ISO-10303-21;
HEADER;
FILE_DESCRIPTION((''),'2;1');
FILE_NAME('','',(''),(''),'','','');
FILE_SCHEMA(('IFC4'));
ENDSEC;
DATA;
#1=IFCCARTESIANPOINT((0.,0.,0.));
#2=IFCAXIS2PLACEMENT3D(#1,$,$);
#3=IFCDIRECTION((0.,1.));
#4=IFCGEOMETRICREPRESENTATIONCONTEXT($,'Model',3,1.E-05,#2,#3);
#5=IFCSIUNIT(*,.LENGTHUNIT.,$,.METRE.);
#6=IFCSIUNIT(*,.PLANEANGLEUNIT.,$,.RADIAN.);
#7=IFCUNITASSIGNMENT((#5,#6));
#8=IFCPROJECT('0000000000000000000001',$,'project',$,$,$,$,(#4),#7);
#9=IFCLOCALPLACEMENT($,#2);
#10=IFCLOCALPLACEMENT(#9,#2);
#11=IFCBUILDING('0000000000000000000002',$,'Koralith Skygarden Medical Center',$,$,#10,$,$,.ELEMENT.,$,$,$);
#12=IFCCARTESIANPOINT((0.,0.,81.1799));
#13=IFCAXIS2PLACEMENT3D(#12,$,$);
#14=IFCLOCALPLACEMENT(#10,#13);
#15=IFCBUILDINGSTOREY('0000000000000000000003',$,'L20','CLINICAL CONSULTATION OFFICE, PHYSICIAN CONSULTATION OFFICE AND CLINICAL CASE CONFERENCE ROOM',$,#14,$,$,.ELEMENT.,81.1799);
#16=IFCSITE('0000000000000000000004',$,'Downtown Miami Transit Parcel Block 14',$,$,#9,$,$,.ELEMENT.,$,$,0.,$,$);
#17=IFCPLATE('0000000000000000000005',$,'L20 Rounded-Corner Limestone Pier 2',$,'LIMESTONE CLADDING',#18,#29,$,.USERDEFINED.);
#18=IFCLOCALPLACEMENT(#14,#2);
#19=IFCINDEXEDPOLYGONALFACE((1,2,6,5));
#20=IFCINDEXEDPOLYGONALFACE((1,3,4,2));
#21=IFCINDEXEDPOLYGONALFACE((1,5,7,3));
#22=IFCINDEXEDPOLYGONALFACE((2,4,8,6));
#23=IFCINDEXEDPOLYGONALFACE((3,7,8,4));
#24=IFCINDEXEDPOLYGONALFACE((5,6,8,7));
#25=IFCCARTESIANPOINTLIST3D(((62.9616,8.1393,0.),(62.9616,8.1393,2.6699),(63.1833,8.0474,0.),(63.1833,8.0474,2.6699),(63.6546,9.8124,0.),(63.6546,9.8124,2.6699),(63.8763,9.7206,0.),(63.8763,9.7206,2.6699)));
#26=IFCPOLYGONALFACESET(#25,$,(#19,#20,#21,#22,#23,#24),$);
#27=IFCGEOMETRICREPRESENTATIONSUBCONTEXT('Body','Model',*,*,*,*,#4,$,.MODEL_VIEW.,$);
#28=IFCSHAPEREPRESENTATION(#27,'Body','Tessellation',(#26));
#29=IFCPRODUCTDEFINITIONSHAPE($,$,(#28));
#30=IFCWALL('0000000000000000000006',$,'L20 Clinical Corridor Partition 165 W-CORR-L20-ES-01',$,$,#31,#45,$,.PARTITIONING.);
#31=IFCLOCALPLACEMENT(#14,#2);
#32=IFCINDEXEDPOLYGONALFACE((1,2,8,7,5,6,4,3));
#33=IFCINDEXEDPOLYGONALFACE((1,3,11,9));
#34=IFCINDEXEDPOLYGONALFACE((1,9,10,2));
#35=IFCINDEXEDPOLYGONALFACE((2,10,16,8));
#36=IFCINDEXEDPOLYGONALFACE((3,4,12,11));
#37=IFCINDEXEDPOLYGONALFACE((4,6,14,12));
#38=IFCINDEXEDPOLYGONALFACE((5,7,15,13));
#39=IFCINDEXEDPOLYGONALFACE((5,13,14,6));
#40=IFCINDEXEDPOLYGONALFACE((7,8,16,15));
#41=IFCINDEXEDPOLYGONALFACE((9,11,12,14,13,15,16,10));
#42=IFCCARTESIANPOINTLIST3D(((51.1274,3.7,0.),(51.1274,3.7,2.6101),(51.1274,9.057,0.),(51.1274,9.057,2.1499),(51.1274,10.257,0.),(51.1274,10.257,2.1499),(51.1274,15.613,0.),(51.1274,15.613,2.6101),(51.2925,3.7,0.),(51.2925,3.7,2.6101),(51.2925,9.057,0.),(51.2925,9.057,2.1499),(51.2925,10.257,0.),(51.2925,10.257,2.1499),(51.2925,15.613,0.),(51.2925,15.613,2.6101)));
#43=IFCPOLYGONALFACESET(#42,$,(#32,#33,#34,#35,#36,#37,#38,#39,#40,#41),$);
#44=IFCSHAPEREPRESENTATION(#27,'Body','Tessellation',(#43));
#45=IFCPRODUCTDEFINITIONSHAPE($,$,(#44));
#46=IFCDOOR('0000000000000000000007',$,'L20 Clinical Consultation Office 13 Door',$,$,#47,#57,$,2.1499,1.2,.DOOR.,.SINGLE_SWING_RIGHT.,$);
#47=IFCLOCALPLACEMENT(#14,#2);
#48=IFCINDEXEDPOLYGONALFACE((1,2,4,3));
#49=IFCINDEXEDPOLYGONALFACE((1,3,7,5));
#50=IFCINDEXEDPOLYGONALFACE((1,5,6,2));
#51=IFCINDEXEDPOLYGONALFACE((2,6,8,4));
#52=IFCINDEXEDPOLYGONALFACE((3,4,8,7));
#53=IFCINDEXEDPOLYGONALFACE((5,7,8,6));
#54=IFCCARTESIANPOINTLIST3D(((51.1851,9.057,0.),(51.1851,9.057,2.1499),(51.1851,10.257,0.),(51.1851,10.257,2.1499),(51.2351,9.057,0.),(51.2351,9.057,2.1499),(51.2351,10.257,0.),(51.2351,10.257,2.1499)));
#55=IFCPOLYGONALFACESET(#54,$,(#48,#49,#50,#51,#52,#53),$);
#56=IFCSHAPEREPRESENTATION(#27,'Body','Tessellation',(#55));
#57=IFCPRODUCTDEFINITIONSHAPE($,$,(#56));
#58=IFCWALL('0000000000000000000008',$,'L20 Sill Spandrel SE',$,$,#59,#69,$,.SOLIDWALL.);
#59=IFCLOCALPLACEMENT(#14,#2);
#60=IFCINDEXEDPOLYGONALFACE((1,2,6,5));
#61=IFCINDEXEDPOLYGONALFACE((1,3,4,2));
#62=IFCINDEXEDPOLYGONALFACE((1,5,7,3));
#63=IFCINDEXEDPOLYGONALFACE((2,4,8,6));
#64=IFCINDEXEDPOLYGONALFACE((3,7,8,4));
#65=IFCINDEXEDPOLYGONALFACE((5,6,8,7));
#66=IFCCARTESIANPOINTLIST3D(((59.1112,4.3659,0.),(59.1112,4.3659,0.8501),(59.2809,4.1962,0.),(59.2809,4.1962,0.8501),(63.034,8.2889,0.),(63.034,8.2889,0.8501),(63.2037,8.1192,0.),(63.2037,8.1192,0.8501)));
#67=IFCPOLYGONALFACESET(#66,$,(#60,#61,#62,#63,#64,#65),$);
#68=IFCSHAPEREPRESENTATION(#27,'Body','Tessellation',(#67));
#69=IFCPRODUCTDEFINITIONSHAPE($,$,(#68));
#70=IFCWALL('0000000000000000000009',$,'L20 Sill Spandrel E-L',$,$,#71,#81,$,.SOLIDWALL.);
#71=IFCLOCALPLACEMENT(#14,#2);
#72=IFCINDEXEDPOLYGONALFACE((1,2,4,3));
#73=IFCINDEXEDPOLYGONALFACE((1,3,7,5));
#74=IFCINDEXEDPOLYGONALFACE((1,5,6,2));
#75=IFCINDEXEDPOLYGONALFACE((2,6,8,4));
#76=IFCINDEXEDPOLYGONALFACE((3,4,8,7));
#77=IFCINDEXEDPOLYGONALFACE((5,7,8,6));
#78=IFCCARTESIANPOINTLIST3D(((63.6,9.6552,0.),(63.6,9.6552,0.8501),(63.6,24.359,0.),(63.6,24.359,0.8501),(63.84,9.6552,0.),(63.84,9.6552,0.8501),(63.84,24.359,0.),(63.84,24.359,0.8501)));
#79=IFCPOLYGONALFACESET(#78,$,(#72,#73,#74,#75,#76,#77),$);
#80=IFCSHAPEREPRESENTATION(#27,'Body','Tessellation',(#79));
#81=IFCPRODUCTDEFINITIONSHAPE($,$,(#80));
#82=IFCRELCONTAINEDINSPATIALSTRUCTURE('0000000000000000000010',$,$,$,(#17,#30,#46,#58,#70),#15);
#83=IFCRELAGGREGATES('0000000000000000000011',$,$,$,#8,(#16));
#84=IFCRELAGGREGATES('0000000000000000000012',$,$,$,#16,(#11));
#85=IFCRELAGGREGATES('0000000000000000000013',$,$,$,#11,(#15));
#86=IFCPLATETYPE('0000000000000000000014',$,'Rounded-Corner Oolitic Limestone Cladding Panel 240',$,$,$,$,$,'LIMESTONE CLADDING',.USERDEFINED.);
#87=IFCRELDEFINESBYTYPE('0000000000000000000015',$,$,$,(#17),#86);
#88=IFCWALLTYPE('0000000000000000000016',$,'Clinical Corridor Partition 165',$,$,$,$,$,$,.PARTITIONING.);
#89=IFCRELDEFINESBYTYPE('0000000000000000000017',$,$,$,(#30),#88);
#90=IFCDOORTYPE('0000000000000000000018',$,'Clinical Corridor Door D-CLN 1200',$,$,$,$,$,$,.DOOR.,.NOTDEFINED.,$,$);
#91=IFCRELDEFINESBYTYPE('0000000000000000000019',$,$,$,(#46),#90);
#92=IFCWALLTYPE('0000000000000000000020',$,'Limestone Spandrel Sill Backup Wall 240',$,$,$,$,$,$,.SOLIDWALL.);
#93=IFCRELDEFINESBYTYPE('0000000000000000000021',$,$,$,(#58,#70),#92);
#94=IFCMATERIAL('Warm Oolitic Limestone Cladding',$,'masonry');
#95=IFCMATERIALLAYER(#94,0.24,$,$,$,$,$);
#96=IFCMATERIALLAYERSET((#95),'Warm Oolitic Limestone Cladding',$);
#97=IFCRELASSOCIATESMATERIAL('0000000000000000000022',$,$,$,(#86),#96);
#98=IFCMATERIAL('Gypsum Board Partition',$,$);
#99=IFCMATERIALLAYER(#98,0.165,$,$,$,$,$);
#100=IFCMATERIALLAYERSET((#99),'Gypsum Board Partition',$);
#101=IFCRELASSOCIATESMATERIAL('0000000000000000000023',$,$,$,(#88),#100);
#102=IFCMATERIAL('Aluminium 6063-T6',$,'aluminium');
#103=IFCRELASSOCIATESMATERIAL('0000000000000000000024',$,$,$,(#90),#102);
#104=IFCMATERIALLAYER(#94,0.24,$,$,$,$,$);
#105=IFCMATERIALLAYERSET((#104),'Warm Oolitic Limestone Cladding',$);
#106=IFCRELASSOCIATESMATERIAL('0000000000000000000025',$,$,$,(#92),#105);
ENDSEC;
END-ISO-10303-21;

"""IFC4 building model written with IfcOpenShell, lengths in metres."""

from ifc_helpers import new_model, si_unit, direction, frame, frame_2d, origin, origin_2d, place, context, subcontext, project, spatial, rectangle, extrude, material, layer, layer_set, type_object, element, fill, save


model = new_model("IFC4")

# Units and contexts
model_context = context("Model", 3, precision=1e-05, world=origin(), true_north=direction((0.0, 1.0)))
body_context = subcontext(model_context, "Body", "Model", "MODEL_VIEW")
ifc_project = project(units=[si_unit("LENGTHUNIT", "METRE"), si_unit("PLANEANGLEUNIT", "RADIAN")], contexts=[model_context])

# Site, building, storey
site_placement = place(None, origin())
site = spatial("IfcSite", under=ifc_project, at=site_placement, Name="Downtown Miami Transit Parcel Block 14", CompositionType="ELEMENT", RefElevation=0.0)
building_placement = place(site_placement, origin())
building = spatial("IfcBuilding", under=site, at=building_placement, Name="Koralith Skygarden Medical Center", CompositionType="ELEMENT")
storey_placement = place(building_placement, frame((0.0, 0.0, 81.1799)))
storey = spatial("IfcBuildingStorey", under=building, at=storey_placement, Name="L20", Description="CLINICAL CONSULTATION OFFICE, PHYSICIAN CONSULTATION OFFICE AND CLINICAL CASE CONFERENCE ROOM", CompositionType="ELEMENT", Elevation=81.1799)

# Shared definitions
ifc_material_1 = material(Name="Aluminium 6063-T6", Category="aluminium")

# Plate
ifc_material_2 = material(Name="Warm Oolitic Limestone Cladding", Category="masonry")
ifc_layer_1 = layer(ifc_material_2, 0.24)
ifc_layer_set_1 = layer_set([ifc_layer_1], Name="Warm Oolitic Limestone Cladding")
plate_type_1 = type_object("IfcPlateType", Name="Rounded-Corner Oolitic Limestone Cladding Panel 240", ElementType="LIMESTONE CLADDING", PredefinedType="USERDEFINED", material=ifc_layer_set_1)
for number, where, z_axis, x_axis, name in (
    (1, (63.4189, 8.9299, 0.0), (0.0, 0.0, 1.0), (0.382671, 0.923885, 0.0), "L20 Rounded-Corner Limestone Pier 2"),
):
    element("IfcPlate", number, at=place(storey_placement, frame(where, z_axis=z_axis, x_axis=x_axis)), inside=storey, type_object=plate_type_1, Name=name, ObjectType="LIMESTONE CLADDING", PredefinedType="USERDEFINED", context=body_context, shape_type="SweptSolid", body=[
        extrude(rectangle(XDim=1.811, YDim=0.24, at=origin_2d()), origin(), (0.0, 0.0, 1.0), 2.6699),
    ])

# Wall, opening, door
ifc_material_3 = material(Name="Gypsum Board Partition")
ifc_layer_2 = layer(ifc_material_3, 0.165)
ifc_layer_set_2 = layer_set([ifc_layer_2], Name="Gypsum Board Partition")
wall_type_1 = type_object("IfcWallType", Name="Clinical Corridor Partition 165", PredefinedType="PARTITIONING", material=ifc_layer_set_2)
wall_1_placement = place(storey_placement, frame((51.21, 3.7, 0.0), z_axis=(0.0, 0.0, 1.0), x_axis=(0.0, 1.0, 0.0)))
wall_1 = element("IfcWall", 2, at=wall_1_placement, inside=storey, type_object=wall_type_1, Name="L20 Clinical Corridor Partition 165 W-CORR-L20-ES-01", PredefinedType="PARTITIONING", context=body_context, shape_type="SweptSolid", body=[
    extrude(rectangle(XDim=11.9131, YDim=0.165, at=frame_2d((5.9565, 0.0))), origin(), (0.0, 0.0, 1.0), 2.6101),
])
opening_placement = place(wall_1_placement, frame((5.3569, 0.0, 0.0)))
opening = element("IfcOpeningElement", 3, at=opening_placement, cuts=wall_1, PredefinedType="OPENING", context=body_context, shape_type="SweptSolid", body=[
    extrude(rectangle(XDim=1.2, YDim=2.1499, at=frame_2d((0.6001, 1.075))), frame((0.0, 0.0925, 0.0), z_axis=(0.0, -1.0, 0.0), x_axis=(1.0, 0.0, 0.0)), (0.0, 0.0, 1.0), 0.1851),
])
door_type = type_object("IfcDoorType", Name="Clinical Corridor Door D-CLN 1200", OperationType="NOTDEFINED", PredefinedType="DOOR", material=ifc_material_1)
door_placement = place(opening_placement, origin())
door = element("IfcDoor", 4, at=door_placement, inside=storey, type_object=door_type, Name="L20 Clinical Consultation Office 13 Door", OperationType="SINGLE_SWING_RIGHT", OverallHeight=2.1499, OverallWidth=1.2, PredefinedType="DOOR", context=body_context, shape_type="SweptSolid", body=[
    extrude(rectangle(XDim=1.2, YDim=2.1499, at=frame_2d((0.6001, 1.075))), frame((0.0, 0.0249, 0.0), z_axis=(0.0, -1.0, 0.0), x_axis=(1.0, 0.0, 0.0)), (0.0, 0.0, 1.0), 0.05),
])
fill(opening, door)

# Walls
ifc_layer_3 = layer(ifc_material_2, 0.24)
ifc_layer_set_3 = layer_set([ifc_layer_3], Name="Warm Oolitic Limestone Cladding")
wall_type_2 = type_object("IfcWallType", Name="Limestone Spandrel Sill Backup Wall 240", PredefinedType="SOLIDWALL", material=ifc_layer_set_3)
wall_2_placement = place(storey_placement, frame((59.196, 4.281, 0.0), z_axis=(0.0, 0.0, 1.0), x_axis=(0.707085, 0.707129, 0.0)))
element("IfcWall", 5, at=wall_2_placement, inside=storey, type_object=wall_type_2, Name="L20 Sill Spandrel SE", PredefinedType="SOLIDWALL", context=body_context, shape_type="SweptSolid", body=[
    extrude(rectangle(XDim=5.5479, YDim=0.24, at=frame_2d((2.7739, 0.0))), origin(), (0.0, 0.0, 1.0), 0.8501),
])
wall_3_placement = place(storey_placement, frame((63.72, 9.655, 0.0), z_axis=(0.0, 0.0, 1.0), x_axis=(0.0, 1.0, 0.0)))
element("IfcWall", 6, at=wall_3_placement, inside=storey, type_object=wall_type_2, Name="L20 Sill Spandrel E-L", PredefinedType="SOLIDWALL", context=body_context, shape_type="SweptSolid", body=[
    extrude(rectangle(XDim=14.7039, YDim=0.24, at=frame_2d((7.3521, 0.0))), origin(), (0.0, 0.0, 1.0), 0.8501),
])

save(model, "model.ifc")
